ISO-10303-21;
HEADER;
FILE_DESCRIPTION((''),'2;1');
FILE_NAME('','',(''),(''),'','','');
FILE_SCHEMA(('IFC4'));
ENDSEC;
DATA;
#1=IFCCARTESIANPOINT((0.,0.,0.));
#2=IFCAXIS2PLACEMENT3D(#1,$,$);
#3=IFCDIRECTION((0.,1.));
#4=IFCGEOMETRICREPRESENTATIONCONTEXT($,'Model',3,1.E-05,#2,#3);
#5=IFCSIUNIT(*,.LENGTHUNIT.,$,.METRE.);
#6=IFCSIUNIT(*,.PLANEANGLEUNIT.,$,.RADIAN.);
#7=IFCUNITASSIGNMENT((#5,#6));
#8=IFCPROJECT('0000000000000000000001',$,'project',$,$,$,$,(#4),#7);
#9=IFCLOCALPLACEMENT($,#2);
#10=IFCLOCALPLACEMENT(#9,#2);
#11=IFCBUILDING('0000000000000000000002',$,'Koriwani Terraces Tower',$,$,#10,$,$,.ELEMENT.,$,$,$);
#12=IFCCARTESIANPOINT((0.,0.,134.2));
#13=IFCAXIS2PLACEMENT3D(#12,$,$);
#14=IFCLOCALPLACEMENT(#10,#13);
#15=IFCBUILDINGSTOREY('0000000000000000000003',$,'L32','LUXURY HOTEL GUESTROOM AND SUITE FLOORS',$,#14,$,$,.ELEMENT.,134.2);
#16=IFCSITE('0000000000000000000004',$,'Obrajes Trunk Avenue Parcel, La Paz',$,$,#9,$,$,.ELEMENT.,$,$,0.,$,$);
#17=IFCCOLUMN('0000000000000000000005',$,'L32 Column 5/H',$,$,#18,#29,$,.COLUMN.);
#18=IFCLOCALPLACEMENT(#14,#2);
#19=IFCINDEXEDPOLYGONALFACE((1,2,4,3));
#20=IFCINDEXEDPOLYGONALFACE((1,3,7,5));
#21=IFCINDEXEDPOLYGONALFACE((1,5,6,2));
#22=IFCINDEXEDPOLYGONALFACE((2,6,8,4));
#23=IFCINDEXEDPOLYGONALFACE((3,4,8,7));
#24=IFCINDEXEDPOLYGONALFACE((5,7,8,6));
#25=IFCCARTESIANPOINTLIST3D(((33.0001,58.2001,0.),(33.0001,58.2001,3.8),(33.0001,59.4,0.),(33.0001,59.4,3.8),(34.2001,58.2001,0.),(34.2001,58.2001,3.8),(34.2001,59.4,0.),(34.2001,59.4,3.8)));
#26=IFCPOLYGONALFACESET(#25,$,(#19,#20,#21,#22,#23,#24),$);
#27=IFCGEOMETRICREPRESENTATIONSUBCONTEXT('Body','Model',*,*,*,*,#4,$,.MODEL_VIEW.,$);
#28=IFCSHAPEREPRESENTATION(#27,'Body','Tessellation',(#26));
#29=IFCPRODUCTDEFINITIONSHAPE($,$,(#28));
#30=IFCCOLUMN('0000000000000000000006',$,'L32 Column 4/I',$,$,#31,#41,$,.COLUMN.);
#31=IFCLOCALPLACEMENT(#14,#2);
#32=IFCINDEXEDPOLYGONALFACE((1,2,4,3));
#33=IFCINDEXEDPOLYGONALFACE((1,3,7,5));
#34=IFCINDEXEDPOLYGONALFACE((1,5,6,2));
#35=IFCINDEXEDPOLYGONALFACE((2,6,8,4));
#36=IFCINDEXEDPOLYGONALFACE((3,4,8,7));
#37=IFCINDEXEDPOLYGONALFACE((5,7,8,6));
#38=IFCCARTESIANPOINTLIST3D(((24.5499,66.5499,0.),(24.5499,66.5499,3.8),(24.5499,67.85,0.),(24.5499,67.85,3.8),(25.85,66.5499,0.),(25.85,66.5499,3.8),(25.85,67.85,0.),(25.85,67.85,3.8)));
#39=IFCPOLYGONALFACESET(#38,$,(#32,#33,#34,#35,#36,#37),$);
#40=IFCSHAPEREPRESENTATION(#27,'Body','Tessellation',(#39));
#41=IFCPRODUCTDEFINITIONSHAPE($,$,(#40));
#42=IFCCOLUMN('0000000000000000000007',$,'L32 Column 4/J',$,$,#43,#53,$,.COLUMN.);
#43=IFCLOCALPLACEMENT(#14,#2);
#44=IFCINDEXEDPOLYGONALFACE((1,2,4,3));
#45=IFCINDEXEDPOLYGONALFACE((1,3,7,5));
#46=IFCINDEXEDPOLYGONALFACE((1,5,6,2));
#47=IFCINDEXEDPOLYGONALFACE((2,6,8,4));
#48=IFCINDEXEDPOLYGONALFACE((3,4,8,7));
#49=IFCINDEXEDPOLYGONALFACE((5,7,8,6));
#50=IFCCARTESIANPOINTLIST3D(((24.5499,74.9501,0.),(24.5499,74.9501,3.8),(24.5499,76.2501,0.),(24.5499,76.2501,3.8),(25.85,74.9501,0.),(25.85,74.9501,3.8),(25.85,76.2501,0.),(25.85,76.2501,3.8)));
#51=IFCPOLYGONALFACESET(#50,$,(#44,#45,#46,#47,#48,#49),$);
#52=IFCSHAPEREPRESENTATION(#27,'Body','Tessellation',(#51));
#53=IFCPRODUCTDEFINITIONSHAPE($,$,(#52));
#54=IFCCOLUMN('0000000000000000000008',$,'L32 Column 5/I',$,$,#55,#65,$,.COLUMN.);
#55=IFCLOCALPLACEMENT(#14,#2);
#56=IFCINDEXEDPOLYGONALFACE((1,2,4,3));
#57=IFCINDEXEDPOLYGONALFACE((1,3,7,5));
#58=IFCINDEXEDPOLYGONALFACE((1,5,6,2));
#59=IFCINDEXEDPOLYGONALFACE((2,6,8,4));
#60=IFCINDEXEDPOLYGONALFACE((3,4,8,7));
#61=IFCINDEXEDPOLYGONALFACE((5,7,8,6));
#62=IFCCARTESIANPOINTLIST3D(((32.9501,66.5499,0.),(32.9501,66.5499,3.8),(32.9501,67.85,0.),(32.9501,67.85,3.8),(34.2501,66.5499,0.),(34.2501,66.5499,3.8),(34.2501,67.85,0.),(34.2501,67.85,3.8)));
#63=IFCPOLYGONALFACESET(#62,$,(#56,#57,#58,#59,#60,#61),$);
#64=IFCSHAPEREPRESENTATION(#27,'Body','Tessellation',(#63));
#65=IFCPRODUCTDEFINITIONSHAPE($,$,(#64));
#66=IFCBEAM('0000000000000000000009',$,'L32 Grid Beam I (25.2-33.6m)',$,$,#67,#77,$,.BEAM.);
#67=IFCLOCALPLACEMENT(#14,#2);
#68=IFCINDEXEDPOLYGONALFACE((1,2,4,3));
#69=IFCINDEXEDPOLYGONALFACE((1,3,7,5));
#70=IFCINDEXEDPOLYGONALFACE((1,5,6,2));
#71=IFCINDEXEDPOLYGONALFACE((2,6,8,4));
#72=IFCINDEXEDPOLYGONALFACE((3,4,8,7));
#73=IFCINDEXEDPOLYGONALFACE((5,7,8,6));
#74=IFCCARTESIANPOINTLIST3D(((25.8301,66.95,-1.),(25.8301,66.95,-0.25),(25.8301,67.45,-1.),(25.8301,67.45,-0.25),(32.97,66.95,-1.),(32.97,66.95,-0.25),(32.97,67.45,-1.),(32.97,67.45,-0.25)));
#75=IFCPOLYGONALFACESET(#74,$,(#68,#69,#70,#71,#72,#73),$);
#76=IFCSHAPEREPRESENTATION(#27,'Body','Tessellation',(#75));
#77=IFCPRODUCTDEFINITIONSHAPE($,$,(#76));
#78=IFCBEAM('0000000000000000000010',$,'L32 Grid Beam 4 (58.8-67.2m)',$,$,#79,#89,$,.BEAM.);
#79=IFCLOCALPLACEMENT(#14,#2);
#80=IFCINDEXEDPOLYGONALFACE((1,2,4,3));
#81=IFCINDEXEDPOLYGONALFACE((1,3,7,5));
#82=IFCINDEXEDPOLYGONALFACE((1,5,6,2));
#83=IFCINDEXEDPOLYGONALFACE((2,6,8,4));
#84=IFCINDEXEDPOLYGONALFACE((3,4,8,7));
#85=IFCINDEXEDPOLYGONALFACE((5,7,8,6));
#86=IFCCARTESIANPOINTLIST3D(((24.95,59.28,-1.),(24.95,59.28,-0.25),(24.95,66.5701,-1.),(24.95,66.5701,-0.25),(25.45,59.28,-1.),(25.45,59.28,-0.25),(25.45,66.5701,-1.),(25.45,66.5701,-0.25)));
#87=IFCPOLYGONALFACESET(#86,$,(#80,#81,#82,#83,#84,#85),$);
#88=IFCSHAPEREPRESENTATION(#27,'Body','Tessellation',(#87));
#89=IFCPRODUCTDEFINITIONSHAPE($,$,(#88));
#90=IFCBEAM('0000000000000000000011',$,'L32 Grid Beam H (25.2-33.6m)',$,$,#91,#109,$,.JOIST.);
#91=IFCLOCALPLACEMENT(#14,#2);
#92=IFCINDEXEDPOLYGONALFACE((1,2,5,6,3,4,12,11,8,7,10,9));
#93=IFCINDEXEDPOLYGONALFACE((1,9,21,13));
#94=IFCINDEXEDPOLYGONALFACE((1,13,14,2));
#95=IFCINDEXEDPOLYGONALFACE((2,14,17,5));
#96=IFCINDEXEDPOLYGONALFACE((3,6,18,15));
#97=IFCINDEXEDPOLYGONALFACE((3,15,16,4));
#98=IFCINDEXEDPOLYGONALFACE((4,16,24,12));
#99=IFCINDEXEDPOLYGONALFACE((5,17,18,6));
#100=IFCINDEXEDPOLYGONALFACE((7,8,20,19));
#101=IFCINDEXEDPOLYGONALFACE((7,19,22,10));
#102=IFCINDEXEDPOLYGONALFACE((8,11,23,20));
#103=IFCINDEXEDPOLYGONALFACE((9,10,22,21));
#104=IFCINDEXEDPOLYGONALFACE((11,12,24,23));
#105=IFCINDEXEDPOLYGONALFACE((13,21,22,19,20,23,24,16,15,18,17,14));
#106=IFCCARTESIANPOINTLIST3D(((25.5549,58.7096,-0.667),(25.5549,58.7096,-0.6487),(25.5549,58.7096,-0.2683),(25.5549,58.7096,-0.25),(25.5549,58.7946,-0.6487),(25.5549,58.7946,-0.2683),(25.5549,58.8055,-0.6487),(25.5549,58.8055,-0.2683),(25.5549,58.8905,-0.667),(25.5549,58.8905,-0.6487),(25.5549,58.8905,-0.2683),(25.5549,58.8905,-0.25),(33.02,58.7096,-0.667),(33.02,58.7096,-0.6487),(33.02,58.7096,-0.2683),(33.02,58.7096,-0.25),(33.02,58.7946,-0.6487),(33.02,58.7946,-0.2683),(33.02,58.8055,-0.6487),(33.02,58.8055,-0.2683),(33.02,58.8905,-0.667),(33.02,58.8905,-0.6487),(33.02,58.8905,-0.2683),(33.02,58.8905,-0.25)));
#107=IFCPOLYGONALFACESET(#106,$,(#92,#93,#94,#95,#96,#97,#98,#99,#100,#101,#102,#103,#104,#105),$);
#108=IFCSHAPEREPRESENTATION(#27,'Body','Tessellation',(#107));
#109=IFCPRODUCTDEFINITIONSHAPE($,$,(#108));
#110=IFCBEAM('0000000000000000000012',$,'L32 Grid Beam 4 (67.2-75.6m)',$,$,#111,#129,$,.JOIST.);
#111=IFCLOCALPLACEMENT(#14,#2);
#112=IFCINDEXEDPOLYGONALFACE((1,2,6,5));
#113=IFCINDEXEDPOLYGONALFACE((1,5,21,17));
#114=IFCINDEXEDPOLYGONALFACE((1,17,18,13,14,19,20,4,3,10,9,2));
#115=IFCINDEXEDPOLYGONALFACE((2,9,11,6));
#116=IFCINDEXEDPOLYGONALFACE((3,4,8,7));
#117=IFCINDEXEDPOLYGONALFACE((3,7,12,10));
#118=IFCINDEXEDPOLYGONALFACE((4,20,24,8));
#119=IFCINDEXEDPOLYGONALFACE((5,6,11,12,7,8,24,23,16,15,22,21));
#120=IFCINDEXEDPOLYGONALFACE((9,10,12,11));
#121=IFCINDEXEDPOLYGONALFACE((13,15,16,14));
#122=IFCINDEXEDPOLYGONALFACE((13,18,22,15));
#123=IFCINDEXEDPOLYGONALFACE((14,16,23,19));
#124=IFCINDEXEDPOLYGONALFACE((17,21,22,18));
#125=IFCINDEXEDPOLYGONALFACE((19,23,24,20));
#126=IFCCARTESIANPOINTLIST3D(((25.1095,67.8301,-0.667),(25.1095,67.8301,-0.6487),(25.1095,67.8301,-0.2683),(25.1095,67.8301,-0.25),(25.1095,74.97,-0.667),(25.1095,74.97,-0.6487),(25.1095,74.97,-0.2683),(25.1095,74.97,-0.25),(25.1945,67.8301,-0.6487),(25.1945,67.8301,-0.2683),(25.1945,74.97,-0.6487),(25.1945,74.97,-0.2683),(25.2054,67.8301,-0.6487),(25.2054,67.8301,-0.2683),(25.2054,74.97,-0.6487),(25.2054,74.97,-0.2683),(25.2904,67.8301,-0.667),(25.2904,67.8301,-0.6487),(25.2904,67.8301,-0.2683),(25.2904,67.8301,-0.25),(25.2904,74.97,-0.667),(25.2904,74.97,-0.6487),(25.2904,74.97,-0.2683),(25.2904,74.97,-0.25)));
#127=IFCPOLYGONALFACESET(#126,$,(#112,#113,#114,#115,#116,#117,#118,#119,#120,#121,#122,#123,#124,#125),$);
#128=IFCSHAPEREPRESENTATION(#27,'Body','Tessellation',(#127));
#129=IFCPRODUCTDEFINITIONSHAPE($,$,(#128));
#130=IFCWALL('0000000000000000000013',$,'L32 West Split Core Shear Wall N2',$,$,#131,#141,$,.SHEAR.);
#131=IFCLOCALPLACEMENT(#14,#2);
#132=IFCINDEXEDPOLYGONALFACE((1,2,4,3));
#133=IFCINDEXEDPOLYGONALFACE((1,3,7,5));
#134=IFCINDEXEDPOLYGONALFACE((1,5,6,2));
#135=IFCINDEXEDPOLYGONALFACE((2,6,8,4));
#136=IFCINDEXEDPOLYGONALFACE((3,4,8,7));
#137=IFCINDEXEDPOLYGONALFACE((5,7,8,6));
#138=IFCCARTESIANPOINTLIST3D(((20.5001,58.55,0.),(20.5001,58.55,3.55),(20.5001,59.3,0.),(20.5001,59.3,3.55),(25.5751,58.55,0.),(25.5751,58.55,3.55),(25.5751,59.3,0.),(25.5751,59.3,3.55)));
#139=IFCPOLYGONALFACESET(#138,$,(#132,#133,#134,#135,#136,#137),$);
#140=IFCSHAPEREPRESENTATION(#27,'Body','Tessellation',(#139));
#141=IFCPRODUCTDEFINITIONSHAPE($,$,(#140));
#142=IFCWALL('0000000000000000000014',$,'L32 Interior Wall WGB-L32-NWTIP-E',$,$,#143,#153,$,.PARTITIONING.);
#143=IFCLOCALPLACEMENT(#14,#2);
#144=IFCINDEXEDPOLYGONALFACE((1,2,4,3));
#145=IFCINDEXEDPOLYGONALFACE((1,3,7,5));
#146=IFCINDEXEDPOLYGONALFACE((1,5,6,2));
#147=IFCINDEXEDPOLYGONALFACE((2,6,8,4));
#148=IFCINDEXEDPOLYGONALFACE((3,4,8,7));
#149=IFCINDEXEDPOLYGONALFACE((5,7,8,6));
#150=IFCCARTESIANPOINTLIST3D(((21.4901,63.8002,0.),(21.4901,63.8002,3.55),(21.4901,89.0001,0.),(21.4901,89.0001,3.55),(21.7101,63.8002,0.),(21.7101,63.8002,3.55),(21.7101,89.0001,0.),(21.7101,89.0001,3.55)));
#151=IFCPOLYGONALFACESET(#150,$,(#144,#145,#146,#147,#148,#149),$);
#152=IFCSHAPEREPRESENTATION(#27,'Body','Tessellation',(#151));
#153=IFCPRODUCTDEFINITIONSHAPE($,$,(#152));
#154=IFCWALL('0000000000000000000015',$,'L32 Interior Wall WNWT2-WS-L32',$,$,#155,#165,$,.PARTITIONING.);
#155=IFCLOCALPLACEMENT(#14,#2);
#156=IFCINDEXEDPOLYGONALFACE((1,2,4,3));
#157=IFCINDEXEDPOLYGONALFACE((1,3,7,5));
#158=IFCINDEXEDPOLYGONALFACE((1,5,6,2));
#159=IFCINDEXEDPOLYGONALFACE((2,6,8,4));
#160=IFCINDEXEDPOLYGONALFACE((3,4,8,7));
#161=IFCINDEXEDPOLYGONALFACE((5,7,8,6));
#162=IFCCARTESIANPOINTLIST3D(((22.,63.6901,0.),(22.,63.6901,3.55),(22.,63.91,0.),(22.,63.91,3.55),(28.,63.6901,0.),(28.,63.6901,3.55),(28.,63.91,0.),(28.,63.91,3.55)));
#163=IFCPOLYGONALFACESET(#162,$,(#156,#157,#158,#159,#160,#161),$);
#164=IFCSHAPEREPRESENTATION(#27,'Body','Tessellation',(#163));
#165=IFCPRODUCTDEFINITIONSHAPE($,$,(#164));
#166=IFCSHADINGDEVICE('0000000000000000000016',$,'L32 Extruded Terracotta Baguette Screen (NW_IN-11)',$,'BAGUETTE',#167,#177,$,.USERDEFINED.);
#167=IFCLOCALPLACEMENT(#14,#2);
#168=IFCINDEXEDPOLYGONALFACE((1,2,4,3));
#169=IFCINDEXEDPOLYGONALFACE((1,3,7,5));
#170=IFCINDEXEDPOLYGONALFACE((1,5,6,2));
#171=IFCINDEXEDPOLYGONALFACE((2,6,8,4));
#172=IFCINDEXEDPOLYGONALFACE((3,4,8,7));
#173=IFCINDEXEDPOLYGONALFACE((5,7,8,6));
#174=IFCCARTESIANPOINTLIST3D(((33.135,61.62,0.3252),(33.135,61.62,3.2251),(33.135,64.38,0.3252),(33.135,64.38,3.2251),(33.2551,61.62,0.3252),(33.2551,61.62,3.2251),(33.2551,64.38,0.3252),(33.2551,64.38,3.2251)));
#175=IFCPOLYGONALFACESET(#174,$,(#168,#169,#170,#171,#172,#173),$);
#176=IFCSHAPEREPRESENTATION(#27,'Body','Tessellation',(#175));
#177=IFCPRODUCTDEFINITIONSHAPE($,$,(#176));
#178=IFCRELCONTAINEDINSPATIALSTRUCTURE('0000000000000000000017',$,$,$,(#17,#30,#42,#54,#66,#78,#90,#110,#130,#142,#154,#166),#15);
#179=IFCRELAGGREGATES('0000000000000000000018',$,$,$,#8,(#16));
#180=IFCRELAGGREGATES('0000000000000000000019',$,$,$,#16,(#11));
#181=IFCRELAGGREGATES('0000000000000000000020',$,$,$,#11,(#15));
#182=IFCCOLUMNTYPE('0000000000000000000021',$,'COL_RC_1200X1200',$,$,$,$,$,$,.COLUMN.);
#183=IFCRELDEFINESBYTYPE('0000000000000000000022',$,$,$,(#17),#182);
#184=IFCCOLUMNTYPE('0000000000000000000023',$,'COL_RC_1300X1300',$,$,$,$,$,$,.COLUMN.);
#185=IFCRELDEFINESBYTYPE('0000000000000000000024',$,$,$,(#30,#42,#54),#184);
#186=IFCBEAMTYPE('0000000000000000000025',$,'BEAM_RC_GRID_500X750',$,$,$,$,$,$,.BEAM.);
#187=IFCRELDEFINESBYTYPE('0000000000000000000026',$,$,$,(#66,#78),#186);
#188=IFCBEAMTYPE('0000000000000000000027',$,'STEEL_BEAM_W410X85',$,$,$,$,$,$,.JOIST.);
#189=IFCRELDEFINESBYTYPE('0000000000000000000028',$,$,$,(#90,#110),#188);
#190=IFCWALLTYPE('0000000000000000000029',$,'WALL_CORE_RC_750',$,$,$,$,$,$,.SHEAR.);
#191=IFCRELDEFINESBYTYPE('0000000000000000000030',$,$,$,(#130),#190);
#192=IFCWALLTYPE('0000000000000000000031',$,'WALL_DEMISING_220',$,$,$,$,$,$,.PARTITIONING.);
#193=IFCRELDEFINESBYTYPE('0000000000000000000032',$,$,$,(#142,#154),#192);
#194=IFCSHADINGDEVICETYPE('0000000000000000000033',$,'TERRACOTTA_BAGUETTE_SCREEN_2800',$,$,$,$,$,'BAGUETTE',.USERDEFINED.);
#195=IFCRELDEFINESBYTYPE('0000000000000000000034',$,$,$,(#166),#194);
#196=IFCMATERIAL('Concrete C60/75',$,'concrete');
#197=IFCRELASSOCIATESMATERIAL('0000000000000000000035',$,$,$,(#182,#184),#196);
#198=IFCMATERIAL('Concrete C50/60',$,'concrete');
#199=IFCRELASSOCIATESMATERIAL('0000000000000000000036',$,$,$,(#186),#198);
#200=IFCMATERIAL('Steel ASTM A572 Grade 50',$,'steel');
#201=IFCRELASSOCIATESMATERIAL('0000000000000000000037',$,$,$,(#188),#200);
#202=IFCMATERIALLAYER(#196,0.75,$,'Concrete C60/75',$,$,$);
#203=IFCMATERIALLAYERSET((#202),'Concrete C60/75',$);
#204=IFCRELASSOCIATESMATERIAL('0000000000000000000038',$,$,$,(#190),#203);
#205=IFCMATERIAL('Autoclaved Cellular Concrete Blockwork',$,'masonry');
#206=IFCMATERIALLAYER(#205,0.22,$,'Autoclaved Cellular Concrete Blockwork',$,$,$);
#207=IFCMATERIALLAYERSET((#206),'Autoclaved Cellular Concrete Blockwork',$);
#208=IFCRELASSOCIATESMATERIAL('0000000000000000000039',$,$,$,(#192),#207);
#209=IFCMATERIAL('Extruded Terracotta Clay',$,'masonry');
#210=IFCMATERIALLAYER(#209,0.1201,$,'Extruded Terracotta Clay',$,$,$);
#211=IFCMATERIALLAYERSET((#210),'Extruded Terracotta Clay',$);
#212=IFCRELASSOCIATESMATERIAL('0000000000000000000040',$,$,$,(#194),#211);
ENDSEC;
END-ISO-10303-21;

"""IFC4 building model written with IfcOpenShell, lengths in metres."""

from ifc_helpers import new_model, si_unit, direction, frame, frame_2d, origin, origin_2d, place, context, subcontext, project, spatial, rectangle, i_section, extrude, material, layer, layer_set, material_profile, profile_set, type_object, element, save


model = new_model("IFC4")

# Units and contexts
model_context = context("Model", 3, precision=1e-05, world=origin(), true_north=direction((0.0, 1.0)))
body_context = subcontext(model_context, "Body", "Model", "MODEL_VIEW")
ifc_project = project(units=[si_unit("LENGTHUNIT", "METRE"), si_unit("PLANEANGLEUNIT", "RADIAN")], contexts=[model_context])

# Site, building, storey
site_placement = place(None, origin())
site = spatial("IfcSite", under=ifc_project, at=site_placement, Name="Obrajes Trunk Avenue Parcel, La Paz", CompositionType="ELEMENT", RefElevation=0.0)
building_placement = place(site_placement, origin())
building = spatial("IfcBuilding", under=site, at=building_placement, Name="Koriwani Terraces Tower", CompositionType="ELEMENT")
storey_placement = place(building_placement, frame((0.0, 0.0, 134.2)))
storey = spatial("IfcBuildingStorey", under=building, at=storey_placement, Name="L32", Description="LUXURY HOTEL GUESTROOM AND SUITE FLOORS", CompositionType="ELEMENT", Elevation=134.2)

# Columns
ifc_material_1 = material(Name="Concrete C60/75", Category="concrete")
ifc_material_profile_1 = material_profile(ifc_material_1, rectangle(XDim=1.2, YDim=1.2, at=origin_2d()), Name="Concrete C60/75", Category="LoadBearing")
ifc_profile_set_1 = profile_set([ifc_material_profile_1], Name="Concrete C60/75")
column_type_1 = type_object("IfcColumnType", Name="COL_RC_1200X1200", PredefinedType="COLUMN", material=ifc_profile_set_1)
column_placement = place(storey_placement, frame((33.6001, 58.8, 0.0), z_axis=(0.0, 0.0, 1.0), x_axis=(1.0, 0.0, 0.0)))
element("IfcColumn", 1, at=column_placement, inside=storey, type_object=column_type_1, Name="L32 Column 5/H", PredefinedType="COLUMN", context=body_context, shape_type="SweptSolid", body=[
    extrude(rectangle(XDim=1.2, YDim=1.2, at=origin_2d()), origin(), (0.0, 0.0, 1.0), 3.8),
])
ifc_material_profile_2 = material_profile(ifc_material_1, rectangle(XDim=1.3, YDim=1.3, at=origin_2d()), Name="Concrete C60/75", Category="LoadBearing")
ifc_profile_set_2 = profile_set([ifc_material_profile_2], Name="Concrete C60/75")
column_type_2 = type_object("IfcColumnType", Name="COL_RC_1300X1300", PredefinedType="COLUMN", material=ifc_profile_set_2)
for number, where, z_axis, x_axis, name in (
    (2, (25.2, 67.2, 0.0), (0.0, 0.0, 1.0), (1.0, 0.0, 0.0), "L32 Column 4/I"),
    (3, (25.2, 75.6001, 0.0), (0.0, 0.0, 1.0), (1.0, 0.0, 0.0), "L32 Column 4/J"),
    (4, (33.6001, 67.2, 0.0), (0.0, 0.0, 1.0), (1.0, 0.0, 0.0), "L32 Column 5/I"),
):
    element("IfcColumn", number, at=place(storey_placement, frame(where, z_axis=z_axis, x_axis=x_axis)), inside=storey, type_object=column_type_2, Name=name, PredefinedType="COLUMN", context=body_context, shape_type="SweptSolid", body=[
        extrude(rectangle(XDim=1.3, YDim=1.3, at=origin_2d()), origin(), (0.0, 0.0, 1.0), 3.8),
    ])

# Beams
ifc_material_2 = material(Name="Concrete C50/60", Category="concrete")
ifc_material_profile_3 = material_profile(ifc_material_2, rectangle(XDim=0.5, YDim=0.75, at=origin_2d()), Name="Concrete C50/60", Category="LoadBearing")
ifc_profile_set_3 = profile_set([ifc_material_profile_3], Name="Concrete C50/60")
beam_type_1 = type_object("IfcBeamType", Name="BEAM_RC_GRID_500X750", PredefinedType="BEAM", material=ifc_profile_set_3)
beam_1_placement = place(storey_placement, frame((25.8301, 67.2, -0.625), z_axis=(1.0, 0.0, 0.0), x_axis=(0.0, 1.0, 0.0)))
element("IfcBeam", 5, at=beam_1_placement, inside=storey, type_object=beam_type_1, Name="L32 Grid Beam I (25.2-33.6m)", PredefinedType="BEAM", context=body_context, shape_type="SweptSolid", body=[
    extrude(rectangle(XDim=0.5, YDim=0.75, at=origin_2d()), origin(), (0.0, 0.0, 1.0), 7.1399),
])
beam_2_placement = place(storey_placement, frame((25.2, 59.28, -0.625), z_axis=(0.0, 1.0, 0.0), x_axis=(-1.0, 0.0, 0.0)))
element("IfcBeam", 6, at=beam_2_placement, inside=storey, type_object=beam_type_1, Name="L32 Grid Beam 4 (58.8-67.2m)", PredefinedType="BEAM", context=body_context, shape_type="SweptSolid", body=[
    extrude(rectangle(XDim=0.5, YDim=0.75, at=origin_2d()), origin(), (0.0, 0.0, 1.0), 7.29),
])
ifc_material_3 = material(Name="Steel ASTM A572 Grade 50", Category="steel")
ifc_material_profile_4 = material_profile(ifc_material_3, i_section(OverallWidth=0.1809, OverallDepth=0.417, WebThickness=0.011, FlangeThickness=0.0183, at=origin_2d()), Name="Steel ASTM A572 Grade 50", Category="LoadBearing")
ifc_profile_set_4 = profile_set([ifc_material_profile_4], Name="Steel ASTM A572 Grade 50")
beam_type_2 = type_object("IfcBeamType", Name="STEEL_BEAM_W410X85", PredefinedType="JOIST", material=ifc_profile_set_4)
beam_3_placement = place(storey_placement, frame((25.5549, 58.8, -0.4585), z_axis=(1.0, 0.0, 0.0), x_axis=(0.0, 1.0, 0.0)))
element("IfcBeam", 7, at=beam_3_placement, inside=storey, type_object=beam_type_2, Name="L32 Grid Beam H (25.2-33.6m)", PredefinedType="JOIST", context=body_context, shape_type="SweptSolid", body=[
    extrude(i_section(OverallWidth=0.1809, OverallDepth=0.417, WebThickness=0.011, FlangeThickness=0.0183, at=origin_2d()), origin(), (0.0, 0.0, 1.0), 7.4651),
])
beam_4_placement = place(storey_placement, frame((25.2, 67.8301, -0.4585), z_axis=(0.0, 1.0, 0.0), x_axis=(-1.0, 0.0, 0.0)))
element("IfcBeam", 8, at=beam_4_placement, inside=storey, type_object=beam_type_2, Name="L32 Grid Beam 4 (67.2-75.6m)", PredefinedType="JOIST", context=body_context, shape_type="SweptSolid", body=[
    extrude(i_section(OverallWidth=0.1809, OverallDepth=0.417, WebThickness=0.011, FlangeThickness=0.0183, at=origin_2d()), origin(), (0.0, 0.0, 1.0), 7.1399),
])

# Walls
ifc_layer_1 = layer(ifc_material_1, 0.75, Name="Concrete C60/75")
ifc_layer_set_1 = layer_set([ifc_layer_1], Name="Concrete C60/75")
wall_type_1 = type_object("IfcWallType", Name="WALL_CORE_RC_750", PredefinedType="SHEAR", material=ifc_layer_set_1)
wall_1_placement = place(storey_placement, frame((20.5, 58.925, 0.0), z_axis=(0.0, 0.0, 1.0), x_axis=(1.0, 0.0, 0.0)))
element("IfcWall", 9, at=wall_1_placement, inside=storey, type_object=wall_type_1, Name="L32 West Split Core Shear Wall N2", PredefinedType="SHEAR", context=body_context, shape_type="SweptSolid", body=[
    extrude(rectangle(XDim=5.075, YDim=0.75, at=frame_2d((2.5376, 0.0))), origin(), (0.0, 0.0, 1.0), 3.55),
])
ifc_material_4 = material(Name="Autoclaved Cellular Concrete Blockwork", Category="masonry")
ifc_layer_2 = layer(ifc_material_4, 0.22, Name="Autoclaved Cellular Concrete Blockwork")
ifc_layer_set_2 = layer_set([ifc_layer_2], Name="Autoclaved Cellular Concrete Blockwork")
wall_type_2 = type_object("IfcWallType", Name="WALL_DEMISING_220", PredefinedType="PARTITIONING", material=ifc_layer_set_2)
wall_2_placement = place(storey_placement, frame((21.6001, 63.8, 0.0), z_axis=(0.0, 0.0, 1.0), x_axis=(0.0, 1.0, 0.0)))
element("IfcWall", 10, at=wall_2_placement, inside=storey, type_object=wall_type_2, Name="L32 Interior Wall WGB-L32-NWTIP-E", PredefinedType="PARTITIONING", context=body_context, shape_type="SweptSolid", body=[
    extrude(rectangle(XDim=25.2, YDim=0.22, at=frame_2d((12.6001, 0.0))), origin(), (0.0, 0.0, 1.0), 3.55),
])
wall_3_placement = place(storey_placement, frame((22.0, 63.8, 0.0), z_axis=(0.0, 0.0, 1.0), x_axis=(1.0, 0.0, 0.0)))
element("IfcWall", 11, at=wall_3_placement, inside=storey, type_object=wall_type_2, Name="L32 Interior Wall WNWT2-WS-L32", PredefinedType="PARTITIONING", context=body_context, shape_type="SweptSolid", body=[
    extrude(rectangle(XDim=6.0, YDim=0.22, at=frame_2d((3.0, 0.0))), origin(), (0.0, 0.0, 1.0), 3.55),
])

# Shading device
ifc_material_5 = material(Name="Extruded Terracotta Clay", Category="masonry")
ifc_layer_3 = layer(ifc_material_5, 0.1201, Name="Extruded Terracotta Clay")
ifc_layer_set_3 = layer_set([ifc_layer_3], Name="Extruded Terracotta Clay")
shading_device_type = type_object("IfcShadingDeviceType", Name="TERRACOTTA_BAGUETTE_SCREEN_2800", ElementType="BAGUETTE", PredefinedType="USERDEFINED", material=ifc_layer_set_3)
shading_device_placement = place(storey_placement, frame((33.1951, 63.0, 0.3252), z_axis=(0.0, 0.0, 1.0), x_axis=(0.0, -1.0, 0.0)))
element("IfcShadingDevice", 12, at=shading_device_placement, inside=storey, type_object=shading_device_type, Name="L32 Extruded Terracotta Baguette Screen (NW_IN-11)", ObjectType="BAGUETTE", PredefinedType="USERDEFINED", context=body_context, shape_type="SweptSolid", body=[
    extrude(rectangle(XDim=2.76, YDim=0.1201, at=origin_2d()), origin(), (0.0, 0.0, 1.0), 2.8999),
])

save(model, "model.ifc")
